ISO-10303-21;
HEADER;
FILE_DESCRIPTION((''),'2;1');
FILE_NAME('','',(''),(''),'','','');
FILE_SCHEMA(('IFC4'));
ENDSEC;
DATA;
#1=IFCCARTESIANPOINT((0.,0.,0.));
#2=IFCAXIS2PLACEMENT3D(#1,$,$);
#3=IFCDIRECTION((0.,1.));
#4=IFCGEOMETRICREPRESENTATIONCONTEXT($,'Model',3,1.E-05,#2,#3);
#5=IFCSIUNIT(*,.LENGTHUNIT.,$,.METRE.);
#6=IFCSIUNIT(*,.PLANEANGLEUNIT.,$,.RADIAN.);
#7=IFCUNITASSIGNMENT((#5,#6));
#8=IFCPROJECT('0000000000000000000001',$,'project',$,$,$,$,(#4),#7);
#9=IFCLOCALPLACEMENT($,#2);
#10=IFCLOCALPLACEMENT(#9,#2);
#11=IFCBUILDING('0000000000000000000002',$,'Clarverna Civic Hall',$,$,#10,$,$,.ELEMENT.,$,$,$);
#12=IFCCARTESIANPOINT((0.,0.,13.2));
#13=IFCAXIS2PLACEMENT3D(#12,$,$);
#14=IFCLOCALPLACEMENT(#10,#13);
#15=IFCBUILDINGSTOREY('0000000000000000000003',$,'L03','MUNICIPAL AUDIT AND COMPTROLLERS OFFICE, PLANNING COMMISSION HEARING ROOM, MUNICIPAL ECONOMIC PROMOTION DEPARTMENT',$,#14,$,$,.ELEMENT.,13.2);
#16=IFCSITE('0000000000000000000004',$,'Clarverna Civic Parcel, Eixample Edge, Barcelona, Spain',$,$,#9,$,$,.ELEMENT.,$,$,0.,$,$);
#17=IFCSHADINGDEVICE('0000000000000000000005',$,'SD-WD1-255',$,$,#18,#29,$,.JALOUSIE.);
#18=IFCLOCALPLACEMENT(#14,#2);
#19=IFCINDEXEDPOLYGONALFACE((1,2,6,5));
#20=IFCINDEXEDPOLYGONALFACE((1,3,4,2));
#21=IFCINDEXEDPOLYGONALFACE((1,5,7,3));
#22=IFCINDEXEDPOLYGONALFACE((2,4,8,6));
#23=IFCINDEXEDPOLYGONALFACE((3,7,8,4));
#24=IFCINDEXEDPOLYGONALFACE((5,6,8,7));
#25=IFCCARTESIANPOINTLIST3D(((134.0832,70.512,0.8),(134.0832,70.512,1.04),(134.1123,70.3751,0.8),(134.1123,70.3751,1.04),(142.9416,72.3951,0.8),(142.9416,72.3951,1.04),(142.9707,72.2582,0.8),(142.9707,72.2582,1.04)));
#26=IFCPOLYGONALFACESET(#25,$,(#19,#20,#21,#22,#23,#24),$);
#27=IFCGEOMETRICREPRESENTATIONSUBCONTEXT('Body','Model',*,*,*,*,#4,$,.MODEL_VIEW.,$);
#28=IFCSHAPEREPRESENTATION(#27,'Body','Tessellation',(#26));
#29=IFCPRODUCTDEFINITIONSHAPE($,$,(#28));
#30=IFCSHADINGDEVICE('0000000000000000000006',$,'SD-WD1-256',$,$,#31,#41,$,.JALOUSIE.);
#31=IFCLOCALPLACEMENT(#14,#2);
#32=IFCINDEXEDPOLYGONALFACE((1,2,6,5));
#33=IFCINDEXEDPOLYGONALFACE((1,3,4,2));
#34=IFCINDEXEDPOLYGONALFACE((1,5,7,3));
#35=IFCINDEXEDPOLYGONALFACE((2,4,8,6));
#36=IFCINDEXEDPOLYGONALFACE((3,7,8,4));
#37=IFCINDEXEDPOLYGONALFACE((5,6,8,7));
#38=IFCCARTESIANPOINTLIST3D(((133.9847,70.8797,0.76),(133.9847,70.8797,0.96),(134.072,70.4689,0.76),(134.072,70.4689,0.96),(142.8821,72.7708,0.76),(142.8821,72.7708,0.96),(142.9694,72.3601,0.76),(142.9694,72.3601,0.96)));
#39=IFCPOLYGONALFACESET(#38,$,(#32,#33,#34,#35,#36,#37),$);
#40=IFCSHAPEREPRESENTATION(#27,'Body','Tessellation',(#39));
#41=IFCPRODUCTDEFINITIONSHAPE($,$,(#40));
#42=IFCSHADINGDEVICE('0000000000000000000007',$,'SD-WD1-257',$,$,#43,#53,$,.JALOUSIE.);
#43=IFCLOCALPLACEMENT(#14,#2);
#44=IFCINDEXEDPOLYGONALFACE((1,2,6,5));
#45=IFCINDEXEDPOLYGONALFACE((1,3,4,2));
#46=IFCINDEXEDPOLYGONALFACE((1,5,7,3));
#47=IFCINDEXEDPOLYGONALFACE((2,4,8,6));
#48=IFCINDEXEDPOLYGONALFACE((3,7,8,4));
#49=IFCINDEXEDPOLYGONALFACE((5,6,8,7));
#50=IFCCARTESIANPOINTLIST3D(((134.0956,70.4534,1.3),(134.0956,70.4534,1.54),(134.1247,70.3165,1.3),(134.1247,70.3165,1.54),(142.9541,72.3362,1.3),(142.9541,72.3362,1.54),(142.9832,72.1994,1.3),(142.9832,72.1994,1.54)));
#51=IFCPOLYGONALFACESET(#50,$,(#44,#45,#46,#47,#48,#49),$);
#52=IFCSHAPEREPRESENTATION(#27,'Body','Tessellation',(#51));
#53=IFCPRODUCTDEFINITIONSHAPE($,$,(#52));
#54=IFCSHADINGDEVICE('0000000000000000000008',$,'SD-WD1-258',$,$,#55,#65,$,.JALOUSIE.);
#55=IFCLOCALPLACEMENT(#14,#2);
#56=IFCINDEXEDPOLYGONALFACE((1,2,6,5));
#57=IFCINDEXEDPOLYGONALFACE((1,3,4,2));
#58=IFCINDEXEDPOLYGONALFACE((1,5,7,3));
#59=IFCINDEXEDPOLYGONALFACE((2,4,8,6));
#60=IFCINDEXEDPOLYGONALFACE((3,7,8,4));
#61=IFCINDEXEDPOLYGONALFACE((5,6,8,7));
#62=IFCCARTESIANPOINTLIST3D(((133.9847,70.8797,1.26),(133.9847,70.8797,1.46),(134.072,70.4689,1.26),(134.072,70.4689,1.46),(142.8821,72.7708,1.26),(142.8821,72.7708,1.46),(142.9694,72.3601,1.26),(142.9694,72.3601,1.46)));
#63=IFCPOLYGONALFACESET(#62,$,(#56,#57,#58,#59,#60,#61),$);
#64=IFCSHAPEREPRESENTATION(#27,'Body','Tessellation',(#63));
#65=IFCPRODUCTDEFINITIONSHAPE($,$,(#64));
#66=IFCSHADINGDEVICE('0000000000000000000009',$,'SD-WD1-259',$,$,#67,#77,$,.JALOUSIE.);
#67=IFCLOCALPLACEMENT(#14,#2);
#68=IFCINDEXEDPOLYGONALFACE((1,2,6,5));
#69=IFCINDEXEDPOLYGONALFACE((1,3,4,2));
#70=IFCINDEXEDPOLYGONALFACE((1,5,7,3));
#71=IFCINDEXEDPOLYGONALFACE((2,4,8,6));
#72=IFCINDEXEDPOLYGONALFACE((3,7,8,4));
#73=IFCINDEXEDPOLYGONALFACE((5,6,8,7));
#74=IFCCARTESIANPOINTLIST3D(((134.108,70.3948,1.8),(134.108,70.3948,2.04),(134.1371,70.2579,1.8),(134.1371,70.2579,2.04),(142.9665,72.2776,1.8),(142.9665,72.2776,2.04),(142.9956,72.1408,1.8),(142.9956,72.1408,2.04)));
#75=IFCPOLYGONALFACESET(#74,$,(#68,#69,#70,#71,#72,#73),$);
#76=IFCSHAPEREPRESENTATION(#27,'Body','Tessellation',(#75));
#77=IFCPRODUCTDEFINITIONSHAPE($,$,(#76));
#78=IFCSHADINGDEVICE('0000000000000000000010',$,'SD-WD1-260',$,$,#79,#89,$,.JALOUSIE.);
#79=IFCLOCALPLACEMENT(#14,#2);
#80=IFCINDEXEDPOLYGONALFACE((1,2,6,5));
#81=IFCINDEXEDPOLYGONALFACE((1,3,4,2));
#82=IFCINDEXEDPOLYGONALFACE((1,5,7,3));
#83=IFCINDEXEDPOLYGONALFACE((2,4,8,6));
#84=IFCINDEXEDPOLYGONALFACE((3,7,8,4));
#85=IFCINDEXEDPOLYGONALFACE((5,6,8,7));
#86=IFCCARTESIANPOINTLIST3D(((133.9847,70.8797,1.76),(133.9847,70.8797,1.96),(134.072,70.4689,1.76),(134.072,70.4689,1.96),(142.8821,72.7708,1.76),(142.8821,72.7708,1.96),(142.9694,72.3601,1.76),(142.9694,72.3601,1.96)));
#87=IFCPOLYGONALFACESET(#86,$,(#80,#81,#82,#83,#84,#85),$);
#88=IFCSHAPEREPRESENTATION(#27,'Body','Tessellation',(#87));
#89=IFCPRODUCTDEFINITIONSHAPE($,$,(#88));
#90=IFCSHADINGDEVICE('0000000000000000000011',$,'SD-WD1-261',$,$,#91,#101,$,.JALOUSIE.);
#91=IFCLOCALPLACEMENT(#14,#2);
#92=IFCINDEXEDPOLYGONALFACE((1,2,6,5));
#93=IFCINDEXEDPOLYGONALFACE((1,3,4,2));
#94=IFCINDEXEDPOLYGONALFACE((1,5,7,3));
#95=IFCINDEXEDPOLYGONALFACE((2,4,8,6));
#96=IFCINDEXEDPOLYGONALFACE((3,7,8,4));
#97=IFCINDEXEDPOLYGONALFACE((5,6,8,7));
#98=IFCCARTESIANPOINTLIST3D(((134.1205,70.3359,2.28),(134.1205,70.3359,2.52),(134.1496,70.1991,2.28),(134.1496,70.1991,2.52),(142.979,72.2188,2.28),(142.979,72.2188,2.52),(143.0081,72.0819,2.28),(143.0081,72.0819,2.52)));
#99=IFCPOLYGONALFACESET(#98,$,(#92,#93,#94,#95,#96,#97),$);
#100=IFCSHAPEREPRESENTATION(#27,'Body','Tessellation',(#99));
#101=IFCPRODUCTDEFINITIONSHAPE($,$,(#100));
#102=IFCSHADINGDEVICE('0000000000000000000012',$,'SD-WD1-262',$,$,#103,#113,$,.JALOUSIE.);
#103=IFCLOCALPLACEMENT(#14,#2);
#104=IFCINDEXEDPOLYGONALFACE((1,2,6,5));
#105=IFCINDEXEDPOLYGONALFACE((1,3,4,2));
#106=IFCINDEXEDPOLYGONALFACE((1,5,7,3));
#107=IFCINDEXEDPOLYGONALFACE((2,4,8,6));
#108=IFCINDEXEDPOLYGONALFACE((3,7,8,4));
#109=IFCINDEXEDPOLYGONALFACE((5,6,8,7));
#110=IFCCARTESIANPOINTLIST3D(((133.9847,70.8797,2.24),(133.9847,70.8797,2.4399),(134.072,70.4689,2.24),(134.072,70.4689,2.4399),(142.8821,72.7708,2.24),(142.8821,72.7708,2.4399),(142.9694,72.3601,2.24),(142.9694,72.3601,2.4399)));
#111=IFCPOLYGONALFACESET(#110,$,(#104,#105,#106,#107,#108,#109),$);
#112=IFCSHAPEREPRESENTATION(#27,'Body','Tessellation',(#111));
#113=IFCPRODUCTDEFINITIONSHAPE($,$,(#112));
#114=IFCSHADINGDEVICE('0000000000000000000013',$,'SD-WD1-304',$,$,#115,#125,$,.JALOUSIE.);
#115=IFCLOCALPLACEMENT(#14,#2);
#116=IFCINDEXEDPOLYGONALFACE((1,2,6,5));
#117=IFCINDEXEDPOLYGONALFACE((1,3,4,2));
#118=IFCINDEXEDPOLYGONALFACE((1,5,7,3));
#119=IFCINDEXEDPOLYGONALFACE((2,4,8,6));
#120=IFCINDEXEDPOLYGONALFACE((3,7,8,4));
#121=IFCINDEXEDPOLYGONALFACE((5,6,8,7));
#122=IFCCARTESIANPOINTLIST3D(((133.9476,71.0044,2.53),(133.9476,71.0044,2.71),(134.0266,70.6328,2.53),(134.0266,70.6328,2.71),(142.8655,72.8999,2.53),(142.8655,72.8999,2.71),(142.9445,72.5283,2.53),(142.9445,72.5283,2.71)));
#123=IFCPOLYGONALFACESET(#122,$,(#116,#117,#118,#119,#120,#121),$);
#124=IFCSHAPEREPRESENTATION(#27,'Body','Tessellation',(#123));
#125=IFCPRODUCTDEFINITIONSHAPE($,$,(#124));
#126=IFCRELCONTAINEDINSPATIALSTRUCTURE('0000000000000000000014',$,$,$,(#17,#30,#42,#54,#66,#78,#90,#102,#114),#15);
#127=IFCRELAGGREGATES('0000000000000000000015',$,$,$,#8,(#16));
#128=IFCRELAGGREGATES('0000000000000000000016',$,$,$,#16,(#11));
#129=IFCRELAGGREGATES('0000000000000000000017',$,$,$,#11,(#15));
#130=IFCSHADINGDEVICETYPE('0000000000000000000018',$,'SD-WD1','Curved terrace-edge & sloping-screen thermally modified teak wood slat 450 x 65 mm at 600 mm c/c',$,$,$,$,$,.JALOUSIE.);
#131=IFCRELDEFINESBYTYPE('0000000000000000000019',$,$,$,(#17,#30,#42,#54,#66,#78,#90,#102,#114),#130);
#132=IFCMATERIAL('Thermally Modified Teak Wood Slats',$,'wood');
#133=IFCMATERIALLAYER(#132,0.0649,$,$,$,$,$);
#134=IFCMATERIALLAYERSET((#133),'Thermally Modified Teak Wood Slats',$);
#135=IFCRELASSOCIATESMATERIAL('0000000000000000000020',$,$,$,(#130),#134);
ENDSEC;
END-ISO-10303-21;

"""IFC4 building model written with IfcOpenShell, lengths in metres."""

from ifc_helpers import new_model, si_unit, direction, frame, frame_2d, origin, place, context, subcontext, project, spatial, rectangle, extrude, material, layer, layer_set, type_object, element, save


model = new_model("IFC4")

# Units and contexts
model_context = context("Model", 3, precision=1e-05, world=origin(), true_north=direction((0.0, 1.0)))
body_context = subcontext(model_context, "Body", "Model", "MODEL_VIEW")
ifc_project = project(units=[si_unit("LENGTHUNIT", "METRE"), si_unit("PLANEANGLEUNIT", "RADIAN")], contexts=[model_context])

# Site, building, storey
site_placement = place(None, origin())
site = spatial("IfcSite", under=ifc_project, at=site_placement, Name="Clarverna Civic Parcel, Eixample Edge, Barcelona, Spain", CompositionType="ELEMENT", RefElevation=0.0)
building_placement = place(site_placement, origin())
building = spatial("IfcBuilding", under=site, at=building_placement, Name="Clarverna Civic Hall", CompositionType="ELEMENT")
storey_placement = place(building_placement, frame((0.0, 0.0, 13.2)))
storey = spatial("IfcBuildingStorey", under=building, at=storey_placement, Name="L03", Description="MUNICIPAL AUDIT AND COMPTROLLERS OFFICE, PLANNING COMMISSION HEARING ROOM, MUNICIPAL ECONOMIC PROMOTION DEPARTMENT", CompositionType="ELEMENT", Elevation=13.2)

# Shading devices
ifc_material_1 = material(Name="Thermally Modified Teak Wood Slats", Category="wood")
ifc_layer_1 = layer(ifc_material_1, 0.0649)
ifc_layer_set_1 = layer_set([ifc_layer_1], Name="Thermally Modified Teak Wood Slats")
shading_device_type = type_object("IfcShadingDeviceType", Name="SD-WD1", Description="Curved terrace-edge & sloping-screen thermally modified teak wood slat 450 x 65 mm at 600 mm c/c", PredefinedType="JALOUSIE", material=ifc_layer_set_1)
shading_device_1_placement = place(storey_placement, frame((142.9563, 72.3267, 0.8), z_axis=(0.0, 0.0, 1.0), x_axis=(-0.978144, -0.207927, 0.0)))
element("IfcShadingDevice", 1, at=shading_device_1_placement, inside=storey, type_object=shading_device_type, Name="SD-WD1-255", PredefinedType="JALOUSIE", context=body_context, shape_type="SweptSolid", body=[
    extrude(rectangle(XDim=9.0564, YDim=0.1399, at=frame_2d((4.5283, 0.0))), origin(), (0.0, 0.0, 1.0), 0.24),
])
shading_device_2_placement = place(storey_placement, frame((142.9258, 72.5654, 0.76), z_axis=(0.0, 0.0, 1.0), x_axis=(-0.97815, -0.207901, 0.0)))
element("IfcShadingDevice", 2, at=shading_device_2_placement, inside=storey, type_object=shading_device_type, Name="SD-WD1-256", PredefinedType="JALOUSIE", context=body_context, shape_type="SweptSolid", body=[
    extrude(rectangle(XDim=9.0962, YDim=0.4199, at=frame_2d((4.5481, 0.0))), origin(), (0.0, 0.0, 1.0), 0.2),
])
shading_device_3_placement = place(storey_placement, frame((142.9688, 72.2678, 1.3), z_axis=(0.0, 0.0, 1.0), x_axis=(-0.97815, -0.207901, 0.0)))
element("IfcShadingDevice", 3, at=shading_device_3_placement, inside=storey, type_object=shading_device_type, Name="SD-WD1-257", PredefinedType="JALOUSIE", context=body_context, shape_type="SweptSolid", body=[
    extrude(rectangle(XDim=9.0564, YDim=0.1399, at=frame_2d((4.5283, 0.0))), origin(), (0.0, 0.0, 1.0), 0.24),
])
shading_device_4_placement = place(storey_placement, frame((142.9258, 72.5654, 1.26), z_axis=(0.0, 0.0, 1.0), x_axis=(-0.97815, -0.207901, 0.0)))
element("IfcShadingDevice", 4, at=shading_device_4_placement, inside=storey, type_object=shading_device_type, Name="SD-WD1-258", PredefinedType="JALOUSIE", context=body_context, shape_type="SweptSolid", body=[
    extrude(rectangle(XDim=9.0962, YDim=0.4199, at=frame_2d((4.5481, 0.0))), origin(), (0.0, 0.0, 1.0), 0.2),
])
shading_device_5_placement = place(storey_placement, frame((142.9812, 72.2092, 1.8), z_axis=(0.0, 0.0, 1.0), x_axis=(-0.97815, -0.207901, 0.0)))
element("IfcShadingDevice", 5, at=shading_device_5_placement, inside=storey, type_object=shading_device_type, Name="SD-WD1-259", PredefinedType="JALOUSIE", context=body_context, shape_type="SweptSolid", body=[
    extrude(rectangle(XDim=9.0564, YDim=0.1399, at=frame_2d((4.5283, 0.0))), origin(), (0.0, 0.0, 1.0), 0.24),
])
shading_device_6_placement = place(storey_placement, frame((142.9258, 72.5654, 1.76), z_axis=(0.0, 0.0, 1.0), x_axis=(-0.97815, -0.207901, 0.0)))
element("IfcShadingDevice", 6, at=shading_device_6_placement, inside=storey, type_object=shading_device_type, Name="SD-WD1-260", PredefinedType="JALOUSIE", context=body_context, shape_type="SweptSolid", body=[
    extrude(rectangle(XDim=9.0962, YDim=0.4199, at=frame_2d((4.5481, 0.0))), origin(), (0.0, 0.0, 1.0), 0.2),
])
shading_device_7_placement = place(storey_placement, frame((142.9937, 72.1504, 2.28), z_axis=(0.0, 0.0, 1.0), x_axis=(-0.97815, -0.207901, 0.0)))
element("IfcShadingDevice", 7, at=shading_device_7_placement, inside=storey, type_object=shading_device_type, Name="SD-WD1-261", PredefinedType="JALOUSIE", context=body_context, shape_type="SweptSolid", body=[
    extrude(rectangle(XDim=9.0564, YDim=0.1399, at=frame_2d((4.5283, 0.0))), origin(), (0.0, 0.0, 1.0), 0.24),
])
shading_device_8_placement = place(storey_placement, frame((142.9258, 72.5654, 2.24), z_axis=(0.0, 0.0, 1.0), x_axis=(-0.97815, -0.207901, 0.0)))
element("IfcShadingDevice", 8, at=shading_device_8_placement, inside=storey, type_object=shading_device_type, Name="SD-WD1-262", PredefinedType="JALOUSIE", context=body_context, shape_type="SweptSolid", body=[
    extrude(rectangle(XDim=9.0962, YDim=0.4199, at=frame_2d((4.5481, 0.0))), origin(), (0.0, 0.0, 1.0), 0.2),
])
shading_device_9_placement = place(storey_placement, frame((142.905, 72.7141, 2.53), z_axis=(0.0, 0.0, 1.0), x_axis=(-0.978149, -0.207905, 0.0)))
element("IfcShadingDevice", 9, at=shading_device_9_placement, inside=storey, type_object=shading_device_type, Name="SD-WD1-304", PredefinedType="JALOUSIE", context=body_context, shape_type="SweptSolid", body=[
    extrude(rectangle(XDim=9.1172, YDim=0.3799, at=frame_2d((4.5586, 0.0))), origin(), (0.0, 0.0, 1.0), 0.1799),
])

save(model, "model.ifc")
